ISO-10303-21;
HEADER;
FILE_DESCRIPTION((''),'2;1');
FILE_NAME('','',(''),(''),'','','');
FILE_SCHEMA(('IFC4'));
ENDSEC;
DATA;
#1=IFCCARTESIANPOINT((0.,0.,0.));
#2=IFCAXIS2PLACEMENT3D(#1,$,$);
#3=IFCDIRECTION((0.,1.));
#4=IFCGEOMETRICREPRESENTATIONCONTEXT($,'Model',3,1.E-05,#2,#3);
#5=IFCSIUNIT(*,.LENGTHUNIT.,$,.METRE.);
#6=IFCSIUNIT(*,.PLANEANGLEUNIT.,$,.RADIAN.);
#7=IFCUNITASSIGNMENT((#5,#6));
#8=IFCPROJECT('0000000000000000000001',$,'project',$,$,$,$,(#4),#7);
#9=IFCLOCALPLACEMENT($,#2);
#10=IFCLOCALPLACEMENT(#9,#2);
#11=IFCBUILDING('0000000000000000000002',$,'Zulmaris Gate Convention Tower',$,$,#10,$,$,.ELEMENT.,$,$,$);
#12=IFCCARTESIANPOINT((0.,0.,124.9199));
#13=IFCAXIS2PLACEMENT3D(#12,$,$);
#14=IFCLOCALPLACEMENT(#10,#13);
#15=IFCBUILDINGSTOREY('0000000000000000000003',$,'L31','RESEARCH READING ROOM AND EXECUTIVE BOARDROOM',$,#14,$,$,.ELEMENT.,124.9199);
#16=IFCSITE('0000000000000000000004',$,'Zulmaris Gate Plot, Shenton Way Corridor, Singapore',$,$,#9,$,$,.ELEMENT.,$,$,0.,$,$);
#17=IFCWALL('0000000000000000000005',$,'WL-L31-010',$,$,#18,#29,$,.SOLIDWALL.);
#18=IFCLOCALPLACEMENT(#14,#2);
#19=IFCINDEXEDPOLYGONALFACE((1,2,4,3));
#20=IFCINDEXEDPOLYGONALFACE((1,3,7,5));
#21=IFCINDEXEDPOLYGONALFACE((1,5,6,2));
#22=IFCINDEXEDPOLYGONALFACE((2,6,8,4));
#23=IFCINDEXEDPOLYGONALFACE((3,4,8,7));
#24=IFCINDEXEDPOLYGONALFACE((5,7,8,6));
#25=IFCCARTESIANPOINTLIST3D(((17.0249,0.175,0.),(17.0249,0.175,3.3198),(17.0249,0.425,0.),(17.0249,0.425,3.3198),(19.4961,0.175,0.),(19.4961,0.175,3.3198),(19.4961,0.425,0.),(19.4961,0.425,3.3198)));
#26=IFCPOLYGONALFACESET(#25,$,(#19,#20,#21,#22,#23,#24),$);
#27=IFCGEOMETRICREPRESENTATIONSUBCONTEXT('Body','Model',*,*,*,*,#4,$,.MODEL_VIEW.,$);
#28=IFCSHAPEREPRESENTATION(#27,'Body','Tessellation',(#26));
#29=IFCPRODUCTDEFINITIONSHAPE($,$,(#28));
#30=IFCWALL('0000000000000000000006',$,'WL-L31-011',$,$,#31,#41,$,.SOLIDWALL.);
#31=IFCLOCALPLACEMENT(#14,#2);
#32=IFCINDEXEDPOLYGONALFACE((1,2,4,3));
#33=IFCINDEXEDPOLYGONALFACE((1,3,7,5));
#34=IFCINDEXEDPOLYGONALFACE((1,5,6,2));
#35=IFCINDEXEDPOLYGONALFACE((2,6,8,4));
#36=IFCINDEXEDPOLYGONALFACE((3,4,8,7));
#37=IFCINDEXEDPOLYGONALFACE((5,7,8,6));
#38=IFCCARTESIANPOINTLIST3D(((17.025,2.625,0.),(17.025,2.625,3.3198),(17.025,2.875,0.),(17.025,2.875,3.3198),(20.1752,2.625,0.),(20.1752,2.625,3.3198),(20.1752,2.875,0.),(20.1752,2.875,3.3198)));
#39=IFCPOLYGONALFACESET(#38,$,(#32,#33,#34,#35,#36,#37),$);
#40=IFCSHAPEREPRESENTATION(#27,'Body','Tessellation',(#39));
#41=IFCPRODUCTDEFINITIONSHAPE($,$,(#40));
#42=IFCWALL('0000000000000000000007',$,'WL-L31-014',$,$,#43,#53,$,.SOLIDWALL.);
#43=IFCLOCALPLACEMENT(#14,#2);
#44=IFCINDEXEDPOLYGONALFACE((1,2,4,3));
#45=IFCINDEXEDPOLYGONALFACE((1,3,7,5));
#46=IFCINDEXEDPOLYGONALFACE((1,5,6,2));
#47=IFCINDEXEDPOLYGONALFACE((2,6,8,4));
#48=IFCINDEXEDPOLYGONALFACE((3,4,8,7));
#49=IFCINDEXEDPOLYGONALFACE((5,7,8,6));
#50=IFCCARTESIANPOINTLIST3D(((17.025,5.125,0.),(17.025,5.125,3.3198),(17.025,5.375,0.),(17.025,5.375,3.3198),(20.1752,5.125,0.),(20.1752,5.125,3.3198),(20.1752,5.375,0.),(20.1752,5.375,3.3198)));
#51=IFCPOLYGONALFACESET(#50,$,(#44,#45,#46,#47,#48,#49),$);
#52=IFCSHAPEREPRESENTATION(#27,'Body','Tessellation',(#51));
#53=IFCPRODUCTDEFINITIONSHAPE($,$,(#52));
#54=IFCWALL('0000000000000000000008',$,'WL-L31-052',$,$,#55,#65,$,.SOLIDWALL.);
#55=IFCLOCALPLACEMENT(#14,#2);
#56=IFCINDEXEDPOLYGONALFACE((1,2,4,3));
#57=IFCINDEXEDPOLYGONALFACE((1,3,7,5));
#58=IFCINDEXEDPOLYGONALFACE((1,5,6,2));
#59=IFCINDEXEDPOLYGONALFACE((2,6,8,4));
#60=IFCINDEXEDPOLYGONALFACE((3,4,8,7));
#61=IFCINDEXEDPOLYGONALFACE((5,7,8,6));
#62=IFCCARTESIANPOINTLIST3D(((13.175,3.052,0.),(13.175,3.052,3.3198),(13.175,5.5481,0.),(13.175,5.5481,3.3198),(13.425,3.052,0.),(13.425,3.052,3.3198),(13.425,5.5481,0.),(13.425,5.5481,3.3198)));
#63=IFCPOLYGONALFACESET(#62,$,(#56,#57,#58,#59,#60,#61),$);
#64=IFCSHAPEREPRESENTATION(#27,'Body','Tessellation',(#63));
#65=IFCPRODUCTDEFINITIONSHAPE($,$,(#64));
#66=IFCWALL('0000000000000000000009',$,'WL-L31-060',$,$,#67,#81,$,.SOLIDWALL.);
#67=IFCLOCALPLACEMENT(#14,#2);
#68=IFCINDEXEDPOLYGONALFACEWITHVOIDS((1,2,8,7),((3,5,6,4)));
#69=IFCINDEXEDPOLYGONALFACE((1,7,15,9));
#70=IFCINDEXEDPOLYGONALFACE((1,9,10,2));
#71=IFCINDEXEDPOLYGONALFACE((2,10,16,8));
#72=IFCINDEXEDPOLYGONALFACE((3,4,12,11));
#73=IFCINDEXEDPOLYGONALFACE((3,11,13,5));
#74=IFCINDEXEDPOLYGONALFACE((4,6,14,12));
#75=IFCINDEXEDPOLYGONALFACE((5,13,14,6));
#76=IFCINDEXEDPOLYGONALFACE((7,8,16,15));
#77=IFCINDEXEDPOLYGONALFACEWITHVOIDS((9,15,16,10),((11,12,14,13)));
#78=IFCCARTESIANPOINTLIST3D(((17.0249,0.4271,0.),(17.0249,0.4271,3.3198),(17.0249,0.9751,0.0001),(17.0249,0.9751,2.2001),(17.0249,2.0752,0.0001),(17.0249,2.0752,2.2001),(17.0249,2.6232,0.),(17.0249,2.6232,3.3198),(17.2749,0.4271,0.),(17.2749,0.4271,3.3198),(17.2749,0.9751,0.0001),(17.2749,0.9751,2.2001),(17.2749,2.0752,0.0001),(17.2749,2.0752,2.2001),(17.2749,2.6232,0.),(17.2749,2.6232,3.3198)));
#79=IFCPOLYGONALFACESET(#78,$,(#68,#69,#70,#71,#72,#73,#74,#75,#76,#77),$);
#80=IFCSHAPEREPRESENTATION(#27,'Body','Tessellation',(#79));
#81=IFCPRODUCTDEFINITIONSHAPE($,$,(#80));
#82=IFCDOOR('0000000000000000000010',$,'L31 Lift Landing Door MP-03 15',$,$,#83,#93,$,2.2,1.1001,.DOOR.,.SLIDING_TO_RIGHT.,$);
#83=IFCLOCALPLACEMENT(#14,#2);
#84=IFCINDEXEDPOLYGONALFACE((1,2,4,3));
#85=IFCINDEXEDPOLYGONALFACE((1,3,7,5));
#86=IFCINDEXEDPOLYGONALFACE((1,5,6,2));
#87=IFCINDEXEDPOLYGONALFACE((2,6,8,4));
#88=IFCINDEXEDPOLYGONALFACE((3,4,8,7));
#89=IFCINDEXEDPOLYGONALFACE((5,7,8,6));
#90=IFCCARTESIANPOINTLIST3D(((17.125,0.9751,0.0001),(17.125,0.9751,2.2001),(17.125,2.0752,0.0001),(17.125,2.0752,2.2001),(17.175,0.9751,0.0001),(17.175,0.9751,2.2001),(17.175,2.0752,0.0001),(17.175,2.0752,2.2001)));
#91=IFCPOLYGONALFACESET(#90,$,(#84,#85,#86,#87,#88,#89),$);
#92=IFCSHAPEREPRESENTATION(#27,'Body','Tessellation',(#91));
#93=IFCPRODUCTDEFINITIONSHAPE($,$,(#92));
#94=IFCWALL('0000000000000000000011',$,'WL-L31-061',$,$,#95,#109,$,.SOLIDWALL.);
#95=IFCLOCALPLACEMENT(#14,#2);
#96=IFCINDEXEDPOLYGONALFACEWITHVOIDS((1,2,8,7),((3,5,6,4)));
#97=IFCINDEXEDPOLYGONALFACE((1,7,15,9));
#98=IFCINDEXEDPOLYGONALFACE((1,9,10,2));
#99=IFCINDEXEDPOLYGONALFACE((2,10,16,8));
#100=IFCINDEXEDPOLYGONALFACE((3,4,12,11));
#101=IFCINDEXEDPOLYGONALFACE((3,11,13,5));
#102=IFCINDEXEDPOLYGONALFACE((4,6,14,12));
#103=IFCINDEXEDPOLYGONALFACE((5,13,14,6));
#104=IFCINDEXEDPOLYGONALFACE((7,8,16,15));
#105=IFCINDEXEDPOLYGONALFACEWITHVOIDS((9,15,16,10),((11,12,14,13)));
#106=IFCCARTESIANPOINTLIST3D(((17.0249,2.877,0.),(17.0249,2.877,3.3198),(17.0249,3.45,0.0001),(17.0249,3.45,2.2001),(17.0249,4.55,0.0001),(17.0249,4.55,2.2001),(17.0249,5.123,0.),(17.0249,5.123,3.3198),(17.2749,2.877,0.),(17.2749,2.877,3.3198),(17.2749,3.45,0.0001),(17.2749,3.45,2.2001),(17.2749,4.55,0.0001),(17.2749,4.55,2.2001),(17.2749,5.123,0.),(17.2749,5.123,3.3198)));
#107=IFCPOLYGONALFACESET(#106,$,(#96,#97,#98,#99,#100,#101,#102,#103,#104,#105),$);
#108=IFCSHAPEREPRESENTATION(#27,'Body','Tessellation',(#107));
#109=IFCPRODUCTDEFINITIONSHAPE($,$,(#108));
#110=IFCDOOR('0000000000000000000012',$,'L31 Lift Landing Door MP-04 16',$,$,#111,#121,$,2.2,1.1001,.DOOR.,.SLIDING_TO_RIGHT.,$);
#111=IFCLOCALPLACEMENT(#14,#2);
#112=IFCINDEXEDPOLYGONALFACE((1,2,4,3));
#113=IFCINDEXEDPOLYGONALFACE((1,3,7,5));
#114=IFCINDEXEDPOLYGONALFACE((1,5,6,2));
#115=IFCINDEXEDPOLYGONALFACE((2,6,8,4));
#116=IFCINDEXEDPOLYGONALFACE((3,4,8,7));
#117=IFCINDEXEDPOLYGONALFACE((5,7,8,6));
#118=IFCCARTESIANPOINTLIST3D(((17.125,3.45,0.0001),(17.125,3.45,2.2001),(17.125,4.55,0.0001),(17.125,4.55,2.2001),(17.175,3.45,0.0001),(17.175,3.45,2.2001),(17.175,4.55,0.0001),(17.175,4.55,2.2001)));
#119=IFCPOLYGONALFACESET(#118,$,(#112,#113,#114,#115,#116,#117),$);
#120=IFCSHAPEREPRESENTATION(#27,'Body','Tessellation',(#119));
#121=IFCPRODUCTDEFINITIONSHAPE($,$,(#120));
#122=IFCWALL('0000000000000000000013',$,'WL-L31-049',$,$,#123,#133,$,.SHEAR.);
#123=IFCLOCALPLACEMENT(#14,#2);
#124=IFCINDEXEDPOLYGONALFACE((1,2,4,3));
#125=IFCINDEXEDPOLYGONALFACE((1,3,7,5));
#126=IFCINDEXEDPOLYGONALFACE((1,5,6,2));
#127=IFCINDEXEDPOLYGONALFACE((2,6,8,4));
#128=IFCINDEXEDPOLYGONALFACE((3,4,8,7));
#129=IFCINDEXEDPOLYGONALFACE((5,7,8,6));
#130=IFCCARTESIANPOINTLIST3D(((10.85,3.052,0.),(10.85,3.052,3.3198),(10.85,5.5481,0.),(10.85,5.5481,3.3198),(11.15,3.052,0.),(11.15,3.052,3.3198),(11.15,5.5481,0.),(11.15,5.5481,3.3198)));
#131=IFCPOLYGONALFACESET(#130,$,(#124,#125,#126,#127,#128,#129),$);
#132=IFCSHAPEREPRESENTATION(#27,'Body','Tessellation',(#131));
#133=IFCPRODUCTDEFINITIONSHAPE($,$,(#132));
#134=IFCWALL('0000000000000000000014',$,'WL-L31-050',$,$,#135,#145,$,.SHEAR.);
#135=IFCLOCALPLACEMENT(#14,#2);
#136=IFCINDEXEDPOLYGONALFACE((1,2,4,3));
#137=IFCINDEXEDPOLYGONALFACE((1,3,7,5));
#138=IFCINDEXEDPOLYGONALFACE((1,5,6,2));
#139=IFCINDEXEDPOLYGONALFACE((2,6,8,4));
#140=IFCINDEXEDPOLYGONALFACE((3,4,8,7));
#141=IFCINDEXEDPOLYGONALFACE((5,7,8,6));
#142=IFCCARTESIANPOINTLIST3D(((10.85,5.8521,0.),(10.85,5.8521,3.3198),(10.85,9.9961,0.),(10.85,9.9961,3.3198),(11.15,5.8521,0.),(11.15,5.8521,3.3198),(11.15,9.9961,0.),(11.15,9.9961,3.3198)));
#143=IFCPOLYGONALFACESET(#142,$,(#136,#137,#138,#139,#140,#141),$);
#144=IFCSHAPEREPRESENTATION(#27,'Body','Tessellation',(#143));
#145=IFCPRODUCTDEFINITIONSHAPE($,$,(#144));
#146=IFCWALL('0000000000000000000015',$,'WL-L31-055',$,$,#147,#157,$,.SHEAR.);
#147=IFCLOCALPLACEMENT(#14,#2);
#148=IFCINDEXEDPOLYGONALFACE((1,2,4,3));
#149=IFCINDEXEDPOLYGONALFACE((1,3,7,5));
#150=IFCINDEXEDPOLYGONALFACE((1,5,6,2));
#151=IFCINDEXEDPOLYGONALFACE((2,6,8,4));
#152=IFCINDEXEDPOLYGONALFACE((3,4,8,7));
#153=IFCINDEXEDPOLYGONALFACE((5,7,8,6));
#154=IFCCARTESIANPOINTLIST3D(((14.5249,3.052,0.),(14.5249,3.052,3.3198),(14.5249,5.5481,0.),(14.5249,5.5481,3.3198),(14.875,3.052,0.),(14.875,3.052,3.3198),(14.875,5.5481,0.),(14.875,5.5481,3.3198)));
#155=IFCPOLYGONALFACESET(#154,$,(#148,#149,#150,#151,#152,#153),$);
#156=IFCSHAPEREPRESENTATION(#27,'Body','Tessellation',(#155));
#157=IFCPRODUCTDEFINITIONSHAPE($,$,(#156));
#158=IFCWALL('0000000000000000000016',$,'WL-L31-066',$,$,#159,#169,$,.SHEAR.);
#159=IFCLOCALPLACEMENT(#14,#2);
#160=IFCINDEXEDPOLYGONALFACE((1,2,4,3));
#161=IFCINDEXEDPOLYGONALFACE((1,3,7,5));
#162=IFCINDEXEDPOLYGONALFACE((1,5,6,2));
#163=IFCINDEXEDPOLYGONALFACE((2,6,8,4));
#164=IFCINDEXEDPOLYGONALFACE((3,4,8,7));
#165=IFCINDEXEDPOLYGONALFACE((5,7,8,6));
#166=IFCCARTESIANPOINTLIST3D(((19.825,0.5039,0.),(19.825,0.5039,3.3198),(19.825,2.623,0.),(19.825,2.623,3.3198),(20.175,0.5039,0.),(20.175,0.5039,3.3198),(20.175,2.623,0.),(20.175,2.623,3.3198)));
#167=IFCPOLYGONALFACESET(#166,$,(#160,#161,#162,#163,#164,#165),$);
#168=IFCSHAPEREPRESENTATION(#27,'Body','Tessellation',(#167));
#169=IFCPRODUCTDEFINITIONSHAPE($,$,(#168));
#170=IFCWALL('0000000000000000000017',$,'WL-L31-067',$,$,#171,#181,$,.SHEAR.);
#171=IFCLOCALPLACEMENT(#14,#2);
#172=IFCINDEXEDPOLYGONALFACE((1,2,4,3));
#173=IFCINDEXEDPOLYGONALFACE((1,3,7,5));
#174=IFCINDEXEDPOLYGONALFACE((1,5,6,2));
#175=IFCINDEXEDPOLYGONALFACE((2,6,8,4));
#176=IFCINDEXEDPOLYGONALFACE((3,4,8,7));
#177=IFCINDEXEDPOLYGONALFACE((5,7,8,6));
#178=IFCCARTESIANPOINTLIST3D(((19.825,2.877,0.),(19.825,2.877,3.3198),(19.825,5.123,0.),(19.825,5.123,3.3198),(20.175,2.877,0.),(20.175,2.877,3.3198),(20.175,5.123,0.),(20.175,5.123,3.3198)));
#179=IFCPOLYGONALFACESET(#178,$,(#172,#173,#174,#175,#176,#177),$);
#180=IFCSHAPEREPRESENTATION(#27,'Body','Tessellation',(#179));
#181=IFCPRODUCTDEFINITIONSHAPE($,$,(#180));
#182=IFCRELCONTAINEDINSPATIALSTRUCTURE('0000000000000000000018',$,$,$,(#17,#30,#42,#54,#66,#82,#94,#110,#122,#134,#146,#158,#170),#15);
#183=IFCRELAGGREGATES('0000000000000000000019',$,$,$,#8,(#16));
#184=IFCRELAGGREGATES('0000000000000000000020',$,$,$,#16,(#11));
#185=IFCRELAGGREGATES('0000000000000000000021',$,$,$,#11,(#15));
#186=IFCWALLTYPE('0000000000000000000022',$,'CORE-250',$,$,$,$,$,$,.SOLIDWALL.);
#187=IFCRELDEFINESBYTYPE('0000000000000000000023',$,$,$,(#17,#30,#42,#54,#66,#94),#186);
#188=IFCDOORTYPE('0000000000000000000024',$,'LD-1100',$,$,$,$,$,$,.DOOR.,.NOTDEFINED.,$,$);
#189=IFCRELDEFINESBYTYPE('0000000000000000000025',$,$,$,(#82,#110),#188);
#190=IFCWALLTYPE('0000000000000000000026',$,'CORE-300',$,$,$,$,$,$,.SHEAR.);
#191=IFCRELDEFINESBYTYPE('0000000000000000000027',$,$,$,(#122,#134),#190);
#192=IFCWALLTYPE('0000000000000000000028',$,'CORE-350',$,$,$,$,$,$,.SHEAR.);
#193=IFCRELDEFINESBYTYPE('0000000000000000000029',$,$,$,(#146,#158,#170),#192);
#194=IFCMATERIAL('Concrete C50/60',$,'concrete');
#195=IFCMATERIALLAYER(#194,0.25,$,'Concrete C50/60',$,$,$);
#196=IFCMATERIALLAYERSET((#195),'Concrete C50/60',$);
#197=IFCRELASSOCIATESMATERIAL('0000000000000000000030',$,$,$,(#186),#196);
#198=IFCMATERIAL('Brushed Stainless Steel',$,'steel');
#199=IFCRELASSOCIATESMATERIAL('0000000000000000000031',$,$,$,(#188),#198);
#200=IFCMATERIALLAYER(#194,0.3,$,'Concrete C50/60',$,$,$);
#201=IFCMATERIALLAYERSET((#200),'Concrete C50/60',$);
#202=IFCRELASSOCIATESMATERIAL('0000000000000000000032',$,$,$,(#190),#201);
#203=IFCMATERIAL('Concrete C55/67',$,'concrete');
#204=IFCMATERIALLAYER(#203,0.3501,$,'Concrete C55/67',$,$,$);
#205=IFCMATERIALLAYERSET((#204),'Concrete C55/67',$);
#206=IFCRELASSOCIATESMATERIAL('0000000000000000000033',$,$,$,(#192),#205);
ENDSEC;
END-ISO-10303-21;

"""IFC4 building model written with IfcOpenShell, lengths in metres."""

from ifc_helpers import new_model, si_unit, direction, frame, frame_2d, origin, place, context, subcontext, project, spatial, rectangle, extrude, material, layer, layer_set, type_object, element, fill, save


model = new_model("IFC4")

# Units and contexts
model_context = context("Model", 3, precision=1e-05, world=origin(), true_north=direction((0.0, 1.0)))
body_context = subcontext(model_context, "Body", "Model", "MODEL_VIEW")
ifc_project = project(units=[si_unit("LENGTHUNIT", "METRE"), si_unit("PLANEANGLEUNIT", "RADIAN")], contexts=[model_context])

# Site, building, storey
site_placement = place(None, origin())
site = spatial("IfcSite", under=ifc_project, at=site_placement, Name="Zulmaris Gate Plot, Shenton Way Corridor, Singapore", CompositionType="ELEMENT", RefElevation=0.0)
building_placement = place(site_placement, origin())
building = spatial("IfcBuilding", under=site, at=building_placement, Name="Zulmaris Gate Convention Tower", CompositionType="ELEMENT")
storey_placement = place(building_placement, frame((0.0, 0.0, 124.9199)))
storey = spatial("IfcBuildingStorey", under=building, at=storey_placement, Name="L31", Description="RESEARCH READING ROOM AND EXECUTIVE BOARDROOM", CompositionType="ELEMENT", Elevation=124.9199)

# Walls
ifc_material_1 = material(Name="Concrete C50/60", Category="concrete")
ifc_layer_1 = layer(ifc_material_1, 0.25, Name="Concrete C50/60")
ifc_layer_set_1 = layer_set([ifc_layer_1], Name="Concrete C50/60")
wall_type_1 = type_object("IfcWallType", Name="CORE-250", PredefinedType="SOLIDWALL", material=ifc_layer_set_1)
wall_1_placement = place(storey_placement, frame((17.0249, 0.3, 0.0), z_axis=(0.0, 0.0, 1.0), x_axis=(1.0, 0.0, 0.0)))
element("IfcWall", 1, at=wall_1_placement, inside=storey, type_object=wall_type_1, Name="WL-L31-010", PredefinedType="SOLIDWALL", context=body_context, shape_type="SweptSolid", body=[
    extrude(rectangle(XDim=2.4712, YDim=0.25, at=frame_2d((1.2356, 0.0))), origin(), (0.0, 0.0, 1.0), 3.3198),
])
for number, where, z_axis, x_axis, name in (
    (2, (17.0249, 2.75, 0.0), (0.0, 0.0, 1.0), (1.0, 0.0, 0.0), "WL-L31-011"),
    (3, (17.0249, 5.25, 0.0), (0.0, 0.0, 1.0), (1.0, 0.0, 0.0), "WL-L31-014"),
):
    element("IfcWall", number, at=place(storey_placement, frame(where, z_axis=z_axis, x_axis=x_axis)), inside=storey, type_object=wall_type_1, Name=name, PredefinedType="SOLIDWALL", context=body_context, shape_type="SweptSolid", body=[
        extrude(rectangle(XDim=3.1501, YDim=0.25, at=frame_2d((1.5752, 0.0))), origin(), (0.0, 0.0, 1.0), 3.3198),
    ])
wall_2_placement = place(storey_placement, frame((13.3, 3.052, 0.0), z_axis=(0.0, 0.0, 1.0), x_axis=(0.0, 1.0, 0.0)))
element("IfcWall", 4, at=wall_2_placement, inside=storey, type_object=wall_type_1, Name="WL-L31-052", PredefinedType="SOLIDWALL", context=body_context, shape_type="SweptSolid", body=[
    extrude(rectangle(XDim=2.4961, YDim=0.25, at=frame_2d((1.248, 0.0))), origin(), (0.0, 0.0, 1.0), 3.3198),
])

# Walls, openings, doors
wall_3_placement = place(storey_placement, frame((17.1499, 0.427, 0.0), z_axis=(0.0, 0.0, 1.0), x_axis=(0.0, 1.0, 0.0)))
wall_3 = element("IfcWall", 5, at=wall_3_placement, inside=storey, type_object=wall_type_1, Name="WL-L31-060", PredefinedType="SOLIDWALL", context=body_context, shape_type="SweptSolid", body=[
    extrude(rectangle(XDim=2.196, YDim=0.25, at=frame_2d((1.0981, 0.0))), origin(), (0.0, 0.0, 1.0), 3.3198),
])
opening_1_placement = place(wall_3_placement, frame((0.5481, 0.0, 0.0)))
opening_1 = element("IfcOpeningElement", 6, at=opening_1_placement, cuts=wall_3, PredefinedType="OPENING", context=body_context, shape_type="SweptSolid", body=[
    extrude(rectangle(XDim=1.1001, YDim=2.2, at=frame_2d((0.55, 1.1001))), frame((0.0, 0.135, 0.0), z_axis=(0.0, -1.0, 0.0), x_axis=(1.0, 0.0, 0.0)), (0.0, 0.0, 1.0), 0.27),
])
ifc_material_2 = material(Name="Brushed Stainless Steel", Category="steel")
door_type_1 = type_object("IfcDoorType", Name="LD-1100", OperationType="NOTDEFINED", PredefinedType="DOOR", material=ifc_material_2)
door_1_placement = place(opening_1_placement, origin())
door_1 = element("IfcDoor", 7, at=door_1_placement, inside=storey, type_object=door_type_1, Name="L31 Lift Landing Door MP-03 15", OperationType="SLIDING_TO_RIGHT", OverallHeight=2.2, OverallWidth=1.1001, PredefinedType="DOOR", context=body_context, shape_type="SweptSolid", body=[
    extrude(rectangle(XDim=1.1001, YDim=2.2, at=frame_2d((0.55, 1.1001))), frame((0.0, 0.0249, 0.0), z_axis=(0.0, -1.0, 0.0), x_axis=(1.0, 0.0, 0.0)), (0.0, 0.0, 1.0), 0.05),
])
fill(opening_1, door_1)
wall_4_placement = place(storey_placement, frame((17.1499, 2.877, 0.0), z_axis=(0.0, 0.0, 1.0), x_axis=(0.0, 1.0, 0.0)))
wall_4 = element("IfcWall", 8, at=wall_4_placement, inside=storey, type_object=wall_type_1, Name="WL-L31-061", PredefinedType="SOLIDWALL", context=body_context, shape_type="SweptSolid", body=[
    extrude(rectangle(XDim=2.2461, YDim=0.25, at=frame_2d((1.123, 0.0))), origin(), (0.0, 0.0, 1.0), 3.3198),
])
opening_2_placement = place(wall_4_placement, frame((0.573, 0.0, 0.0)))
opening_2 = element("IfcOpeningElement", 9, at=opening_2_placement, cuts=wall_4, PredefinedType="OPENING", context=body_context, shape_type="SweptSolid", body=[
    extrude(rectangle(XDim=1.1001, YDim=2.2, at=frame_2d((0.55, 1.1001))), frame((0.0, 0.135, 0.0), z_axis=(0.0, -1.0, 0.0), x_axis=(1.0, 0.0, 0.0)), (0.0, 0.0, 1.0), 0.27),
])
door_2_placement = place(opening_2_placement, origin())
door_2 = element("IfcDoor", 10, at=door_2_placement, inside=storey, type_object=door_type_1, Name="L31 Lift Landing Door MP-04 16", OperationType="SLIDING_TO_RIGHT", OverallHeight=2.2, OverallWidth=1.1001, PredefinedType="DOOR", context=body_context, shape_type="SweptSolid", body=[
    extrude(rectangle(XDim=1.1001, YDim=2.2, at=frame_2d((0.55, 1.1001))), frame((0.0, 0.0249, 0.0), z_axis=(0.0, -1.0, 0.0), x_axis=(1.0, 0.0, 0.0)), (0.0, 0.0, 1.0), 0.05),
])
fill(opening_2, door_2)
ifc_layer_2 = layer(ifc_material_1, 0.3, Name="Concrete C50/60")
ifc_layer_set_2 = layer_set([ifc_layer_2], Name="Concrete C50/60")
wall_type_2 = type_object("IfcWallType", Name="CORE-300", PredefinedType="SHEAR", material=ifc_layer_set_2)

# Walls
wall_5_placement = place(storey_placement, frame((11.0, 3.052, 0.0), z_axis=(0.0, 0.0, 1.0), x_axis=(0.0, 1.0, 0.0)))
element("IfcWall", 11, at=wall_5_placement, inside=storey, type_object=wall_type_2, Name="WL-L31-049", PredefinedType="SHEAR", context=body_context, shape_type="SweptSolid", body=[
    extrude(rectangle(XDim=2.4961, YDim=0.3, at=frame_2d((1.248, 0.0))), origin(), (0.0, 0.0, 1.0), 3.3198),
])
wall_6_placement = place(storey_placement, frame((11.0, 5.8521, 0.0), z_axis=(0.0, 0.0, 1.0), x_axis=(0.0, 1.0, 0.0)))
element("IfcWall", 12, at=wall_6_placement, inside=storey, type_object=wall_type_2, Name="WL-L31-050", PredefinedType="SHEAR", context=body_context, shape_type="SweptSolid", body=[
    extrude(rectangle(XDim=4.144, YDim=0.3, at=frame_2d((2.072, 0.0))), origin(), (0.0, 0.0, 1.0), 3.3198),
])
ifc_material_3 = material(Name="Concrete C55/67", Category="concrete")
ifc_layer_3 = layer(ifc_material_3, 0.3501, Name="Concrete C55/67")
ifc_layer_set_3 = layer_set([ifc_layer_3], Name="Concrete C55/67")
wall_type_3 = type_object("IfcWallType", Name="CORE-350", PredefinedType="SHEAR", material=ifc_layer_set_3)
wall_7_placement = place(storey_placement, frame((14.7, 3.052, 0.0), z_axis=(0.0, 0.0, 1.0), x_axis=(0.0, 1.0, 0.0)))
element("IfcWall", 13, at=wall_7_placement, inside=storey, type_object=wall_type_3, Name="WL-L31-055", PredefinedType="SHEAR", context=body_context, shape_type="SweptSolid", body=[
    extrude(rectangle(XDim=2.4961, YDim=0.3501, at=frame_2d((1.248, 0.0))), origin(), (0.0, 0.0, 1.0), 3.3198),
])
wall_8_placement = place(storey_placement, frame((20.0, 0.5039, 0.0), z_axis=(0.0, 0.0, 1.0), x_axis=(0.0, 1.0, 0.0)))
element("IfcWall", 14, at=wall_8_placement, inside=storey, type_object=wall_type_3, Name="WL-L31-066", PredefinedType="SHEAR", context=body_context, shape_type="SweptSolid", body=[
    extrude(rectangle(XDim=2.1191, YDim=0.3501, at=frame_2d((1.0596, 0.0))), origin(), (0.0, 0.0, 1.0), 3.3198),
])
wall_9_placement = place(storey_placement, frame((20.0, 2.877, 0.0), z_axis=(0.0, 0.0, 1.0), x_axis=(0.0, 1.0, 0.0)))
element("IfcWall", 15, at=wall_9_placement, inside=storey, type_object=wall_type_3, Name="WL-L31-067", PredefinedType="SHEAR", context=body_context, shape_type="SweptSolid", body=[
    extrude(rectangle(XDim=2.2461, YDim=0.3501, at=frame_2d((1.123, 0.0))), origin(), (0.0, 0.0, 1.0), 3.3198),
])

save(model, "model.ifc")
